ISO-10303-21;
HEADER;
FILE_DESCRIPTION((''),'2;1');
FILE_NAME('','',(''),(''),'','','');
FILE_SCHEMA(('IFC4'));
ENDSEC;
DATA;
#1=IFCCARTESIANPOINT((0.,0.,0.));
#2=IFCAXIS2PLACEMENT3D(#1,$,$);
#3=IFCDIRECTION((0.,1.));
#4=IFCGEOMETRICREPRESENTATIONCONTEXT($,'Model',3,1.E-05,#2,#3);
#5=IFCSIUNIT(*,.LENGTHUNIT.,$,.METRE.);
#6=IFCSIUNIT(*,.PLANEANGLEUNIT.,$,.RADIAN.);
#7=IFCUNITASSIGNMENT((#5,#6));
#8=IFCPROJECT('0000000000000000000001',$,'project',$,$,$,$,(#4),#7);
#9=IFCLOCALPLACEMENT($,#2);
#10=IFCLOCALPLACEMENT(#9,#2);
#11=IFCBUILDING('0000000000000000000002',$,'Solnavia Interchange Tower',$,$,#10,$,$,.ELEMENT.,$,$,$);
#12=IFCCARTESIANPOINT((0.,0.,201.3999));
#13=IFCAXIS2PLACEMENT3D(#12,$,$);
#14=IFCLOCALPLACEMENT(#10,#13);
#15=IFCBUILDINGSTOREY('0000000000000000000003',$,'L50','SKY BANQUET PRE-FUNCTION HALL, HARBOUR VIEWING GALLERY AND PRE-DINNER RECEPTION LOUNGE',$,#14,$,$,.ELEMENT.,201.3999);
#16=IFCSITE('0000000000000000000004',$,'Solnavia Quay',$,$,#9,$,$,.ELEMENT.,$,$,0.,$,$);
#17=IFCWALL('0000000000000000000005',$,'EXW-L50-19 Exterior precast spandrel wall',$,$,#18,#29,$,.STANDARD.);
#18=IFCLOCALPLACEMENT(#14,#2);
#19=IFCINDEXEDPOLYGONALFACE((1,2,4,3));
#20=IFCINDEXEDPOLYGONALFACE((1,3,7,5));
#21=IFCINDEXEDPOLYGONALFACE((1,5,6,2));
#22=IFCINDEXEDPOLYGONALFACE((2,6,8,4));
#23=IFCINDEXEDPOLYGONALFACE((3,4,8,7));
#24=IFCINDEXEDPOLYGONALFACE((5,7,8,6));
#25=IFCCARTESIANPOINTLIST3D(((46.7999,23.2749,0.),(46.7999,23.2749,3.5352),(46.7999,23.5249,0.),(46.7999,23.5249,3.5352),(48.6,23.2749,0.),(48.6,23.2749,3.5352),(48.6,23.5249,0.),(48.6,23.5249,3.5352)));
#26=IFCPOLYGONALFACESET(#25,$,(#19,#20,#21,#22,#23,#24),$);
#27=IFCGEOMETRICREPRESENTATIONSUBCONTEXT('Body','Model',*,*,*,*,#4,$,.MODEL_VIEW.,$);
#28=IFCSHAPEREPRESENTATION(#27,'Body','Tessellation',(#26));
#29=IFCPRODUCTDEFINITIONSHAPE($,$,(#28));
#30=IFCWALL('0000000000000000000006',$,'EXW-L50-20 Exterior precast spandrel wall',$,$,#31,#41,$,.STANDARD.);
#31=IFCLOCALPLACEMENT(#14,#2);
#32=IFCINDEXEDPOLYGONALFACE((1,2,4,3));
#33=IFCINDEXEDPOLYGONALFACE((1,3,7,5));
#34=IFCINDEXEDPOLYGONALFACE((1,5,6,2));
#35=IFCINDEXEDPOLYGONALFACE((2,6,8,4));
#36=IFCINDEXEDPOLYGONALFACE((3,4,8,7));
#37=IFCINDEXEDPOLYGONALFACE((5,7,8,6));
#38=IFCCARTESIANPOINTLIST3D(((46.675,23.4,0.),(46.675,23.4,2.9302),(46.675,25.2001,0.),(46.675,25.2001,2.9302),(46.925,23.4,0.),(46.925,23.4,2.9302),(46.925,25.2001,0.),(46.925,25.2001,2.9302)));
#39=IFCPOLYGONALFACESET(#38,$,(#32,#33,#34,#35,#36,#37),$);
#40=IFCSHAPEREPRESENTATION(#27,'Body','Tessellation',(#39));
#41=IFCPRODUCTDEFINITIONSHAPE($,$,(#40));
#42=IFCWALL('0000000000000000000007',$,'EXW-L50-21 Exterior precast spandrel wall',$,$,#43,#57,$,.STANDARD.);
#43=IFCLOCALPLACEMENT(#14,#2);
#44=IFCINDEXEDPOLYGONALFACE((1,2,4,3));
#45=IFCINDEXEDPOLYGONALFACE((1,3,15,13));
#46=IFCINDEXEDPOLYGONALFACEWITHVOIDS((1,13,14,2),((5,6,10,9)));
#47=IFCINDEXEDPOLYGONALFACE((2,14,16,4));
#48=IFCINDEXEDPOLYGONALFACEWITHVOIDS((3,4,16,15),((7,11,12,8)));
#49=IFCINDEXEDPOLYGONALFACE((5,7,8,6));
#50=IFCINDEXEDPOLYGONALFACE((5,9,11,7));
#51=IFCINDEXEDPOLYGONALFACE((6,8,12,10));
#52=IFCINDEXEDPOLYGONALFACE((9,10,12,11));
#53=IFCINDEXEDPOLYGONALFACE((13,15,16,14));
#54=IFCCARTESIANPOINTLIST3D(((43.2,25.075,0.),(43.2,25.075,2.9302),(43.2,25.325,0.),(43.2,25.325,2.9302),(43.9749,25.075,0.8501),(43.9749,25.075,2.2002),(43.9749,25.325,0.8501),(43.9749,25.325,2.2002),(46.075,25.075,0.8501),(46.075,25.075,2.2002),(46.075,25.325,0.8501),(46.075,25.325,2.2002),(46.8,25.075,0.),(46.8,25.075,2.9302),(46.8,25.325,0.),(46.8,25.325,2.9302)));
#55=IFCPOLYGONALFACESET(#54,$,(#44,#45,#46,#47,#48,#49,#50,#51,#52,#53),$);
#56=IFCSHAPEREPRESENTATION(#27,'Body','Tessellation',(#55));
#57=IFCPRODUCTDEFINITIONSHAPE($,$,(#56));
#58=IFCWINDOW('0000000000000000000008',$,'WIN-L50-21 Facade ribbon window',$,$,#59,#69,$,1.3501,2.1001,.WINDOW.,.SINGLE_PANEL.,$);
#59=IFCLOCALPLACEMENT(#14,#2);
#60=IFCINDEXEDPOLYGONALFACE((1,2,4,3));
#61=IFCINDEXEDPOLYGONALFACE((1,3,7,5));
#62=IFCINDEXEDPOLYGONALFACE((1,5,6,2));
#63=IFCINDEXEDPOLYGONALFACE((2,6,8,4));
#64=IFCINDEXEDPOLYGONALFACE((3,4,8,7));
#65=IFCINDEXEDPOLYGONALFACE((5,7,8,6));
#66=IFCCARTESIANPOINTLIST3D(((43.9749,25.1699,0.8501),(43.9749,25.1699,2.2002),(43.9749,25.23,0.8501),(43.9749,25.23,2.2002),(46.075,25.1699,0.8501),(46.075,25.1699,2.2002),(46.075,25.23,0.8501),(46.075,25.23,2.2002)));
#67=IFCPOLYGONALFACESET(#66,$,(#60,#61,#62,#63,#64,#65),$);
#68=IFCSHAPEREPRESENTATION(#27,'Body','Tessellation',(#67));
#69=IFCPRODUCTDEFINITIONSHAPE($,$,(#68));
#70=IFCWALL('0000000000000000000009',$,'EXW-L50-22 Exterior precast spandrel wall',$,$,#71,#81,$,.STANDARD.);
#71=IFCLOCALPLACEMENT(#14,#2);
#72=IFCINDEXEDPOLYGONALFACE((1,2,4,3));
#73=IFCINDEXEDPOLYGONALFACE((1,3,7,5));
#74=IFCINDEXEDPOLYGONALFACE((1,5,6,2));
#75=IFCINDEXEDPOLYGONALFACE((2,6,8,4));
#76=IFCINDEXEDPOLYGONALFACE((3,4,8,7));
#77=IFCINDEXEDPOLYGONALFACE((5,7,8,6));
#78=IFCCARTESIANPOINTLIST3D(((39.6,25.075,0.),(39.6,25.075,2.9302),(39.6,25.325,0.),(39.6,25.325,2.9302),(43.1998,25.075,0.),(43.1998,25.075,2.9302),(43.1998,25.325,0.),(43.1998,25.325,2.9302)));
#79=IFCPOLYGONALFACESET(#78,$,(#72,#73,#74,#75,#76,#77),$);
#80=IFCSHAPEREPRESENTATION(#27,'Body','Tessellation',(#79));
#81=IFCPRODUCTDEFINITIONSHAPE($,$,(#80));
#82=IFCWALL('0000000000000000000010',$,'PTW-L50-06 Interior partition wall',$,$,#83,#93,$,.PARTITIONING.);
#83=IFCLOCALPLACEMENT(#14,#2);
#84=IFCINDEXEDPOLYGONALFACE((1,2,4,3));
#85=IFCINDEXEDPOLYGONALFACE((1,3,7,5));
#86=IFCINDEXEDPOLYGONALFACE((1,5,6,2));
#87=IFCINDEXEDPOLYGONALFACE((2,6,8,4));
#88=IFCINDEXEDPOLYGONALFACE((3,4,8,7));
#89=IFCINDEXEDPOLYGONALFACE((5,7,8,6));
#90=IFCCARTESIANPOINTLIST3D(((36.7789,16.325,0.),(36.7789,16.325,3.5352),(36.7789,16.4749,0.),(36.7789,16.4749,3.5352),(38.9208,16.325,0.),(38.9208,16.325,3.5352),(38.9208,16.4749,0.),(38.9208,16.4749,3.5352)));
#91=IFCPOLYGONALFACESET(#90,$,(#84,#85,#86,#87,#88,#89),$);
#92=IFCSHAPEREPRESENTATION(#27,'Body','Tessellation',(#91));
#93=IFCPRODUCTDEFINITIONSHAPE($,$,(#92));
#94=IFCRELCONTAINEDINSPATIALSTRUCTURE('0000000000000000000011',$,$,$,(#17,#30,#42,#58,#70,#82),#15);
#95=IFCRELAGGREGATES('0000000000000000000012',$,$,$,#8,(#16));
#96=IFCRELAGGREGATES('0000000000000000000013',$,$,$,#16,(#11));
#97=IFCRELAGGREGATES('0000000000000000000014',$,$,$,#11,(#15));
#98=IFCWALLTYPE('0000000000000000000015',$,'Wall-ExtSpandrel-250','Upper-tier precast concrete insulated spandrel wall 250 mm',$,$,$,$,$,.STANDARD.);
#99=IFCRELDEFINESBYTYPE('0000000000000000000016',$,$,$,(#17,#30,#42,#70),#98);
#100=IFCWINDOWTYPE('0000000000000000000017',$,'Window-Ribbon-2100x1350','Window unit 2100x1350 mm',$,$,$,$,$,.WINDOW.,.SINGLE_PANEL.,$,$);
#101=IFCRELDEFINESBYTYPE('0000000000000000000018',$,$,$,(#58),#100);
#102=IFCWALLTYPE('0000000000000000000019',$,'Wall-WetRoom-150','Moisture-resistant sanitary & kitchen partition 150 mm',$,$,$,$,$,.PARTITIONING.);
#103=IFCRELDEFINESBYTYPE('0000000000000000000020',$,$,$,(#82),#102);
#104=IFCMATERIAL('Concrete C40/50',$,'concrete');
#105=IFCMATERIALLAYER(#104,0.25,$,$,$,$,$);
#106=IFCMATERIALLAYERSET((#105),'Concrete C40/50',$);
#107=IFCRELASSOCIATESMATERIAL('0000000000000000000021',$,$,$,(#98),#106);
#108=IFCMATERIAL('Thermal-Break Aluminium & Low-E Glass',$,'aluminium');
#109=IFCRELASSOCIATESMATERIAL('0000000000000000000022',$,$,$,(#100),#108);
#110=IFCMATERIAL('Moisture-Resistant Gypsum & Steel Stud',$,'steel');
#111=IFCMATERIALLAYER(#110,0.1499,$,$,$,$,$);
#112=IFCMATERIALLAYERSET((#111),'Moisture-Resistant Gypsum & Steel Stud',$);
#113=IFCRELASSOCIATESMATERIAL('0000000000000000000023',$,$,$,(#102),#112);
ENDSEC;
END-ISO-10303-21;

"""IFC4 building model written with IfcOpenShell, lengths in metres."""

from ifc_helpers import new_model, si_unit, direction, frame, frame_2d, origin, place, context, subcontext, project, spatial, rectangle, extrude, material, layer, layer_set, type_object, element, fill, save


model = new_model("IFC4")

# Units and contexts
model_context = context("Model", 3, precision=1e-05, world=origin(), true_north=direction((0.0, 1.0)))
body_context = subcontext(model_context, "Body", "Model", "MODEL_VIEW")
ifc_project = project(units=[si_unit("LENGTHUNIT", "METRE"), si_unit("PLANEANGLEUNIT", "RADIAN")], contexts=[model_context])

# Site, building, storey
site_placement = place(None, origin())
site = spatial("IfcSite", under=ifc_project, at=site_placement, Name="Solnavia Quay", CompositionType="ELEMENT", RefElevation=0.0)
building_placement = place(site_placement, origin())
building = spatial("IfcBuilding", under=site, at=building_placement, Name="Solnavia Interchange Tower", CompositionType="ELEMENT")
storey_placement = place(building_placement, frame((0.0, 0.0, 201.3999)))
storey = spatial("IfcBuildingStorey", under=building, at=storey_placement, Name="L50", Description="SKY BANQUET PRE-FUNCTION HALL, HARBOUR VIEWING GALLERY AND PRE-DINNER RECEPTION LOUNGE", CompositionType="ELEMENT", Elevation=201.3999)

# Shared definitions
ifc_material_1 = material(Name="Concrete C40/50", Category="concrete")
ifc_layer_1 = layer(ifc_material_1, 0.25)
ifc_layer_set_1 = layer_set([ifc_layer_1], Name="Concrete C40/50")
wall_type_1 = type_object("IfcWallType", Name="Wall-ExtSpandrel-250", Description="Upper-tier precast concrete insulated spandrel wall 250 mm", PredefinedType="STANDARD", material=ifc_layer_set_1)

# Shared definitions
ifc_material_2 = material(Name="Thermal-Break Aluminium & Low-E Glass", Category="aluminium")
window_type = type_object("IfcWindowType", Name="Window-Ribbon-2100x1350", Description="Window unit 2100x1350 mm", PartitioningType="SINGLE_PANEL", PredefinedType="WINDOW", material=ifc_material_2)

# Walls
wall_1_placement = place(storey_placement, frame((46.8, 23.3999, 0.0), z_axis=(0.0, 0.0, 1.0), x_axis=(1.0, 0.0, 0.0)))
element("IfcWall", 1, at=wall_1_placement, inside=storey, type_object=wall_type_1, Name="EXW-L50-19 Exterior precast spandrel wall", PredefinedType="STANDARD", context=body_context, shape_type="SweptSolid", body=[
    extrude(rectangle(XDim=1.8, YDim=0.25, at=frame_2d((0.8999, 0.0))), origin(), (0.0, 0.0, 1.0), 3.5352),
])
wall_2_placement = place(storey_placement, frame((46.8, 25.2, 0.0), z_axis=(0.0, 0.0, 1.0), x_axis=(0.0, -1.0, 0.0)))
element("IfcWall", 2, at=wall_2_placement, inside=storey, type_object=wall_type_1, Name="EXW-L50-20 Exterior precast spandrel wall", PredefinedType="STANDARD", context=body_context, shape_type="SweptSolid", body=[
    extrude(rectangle(XDim=1.8, YDim=0.25, at=frame_2d((0.8999, 0.0))), origin(), (0.0, 0.0, 1.0), 2.9302),
])

# Wall, opening, window
wall_3_placement = place(storey_placement, frame((43.2, 25.2, 0.0), z_axis=(0.0, 0.0, 1.0), x_axis=(1.0, 0.0, 0.0)))
wall_3 = element("IfcWall", 3, at=wall_3_placement, inside=storey, type_object=wall_type_1, Name="EXW-L50-21 Exterior precast spandrel wall", PredefinedType="STANDARD", context=body_context, shape_type="SweptSolid", body=[
    extrude(rectangle(XDim=3.6001, YDim=0.25, at=frame_2d((1.8, 0.0))), origin(), (0.0, 0.0, 1.0), 2.9302),
])
opening_1_placement = place(wall_3_placement, frame((0.7749, 0.0, 0.8501)))
opening_1 = element("IfcOpeningElement", 4, at=opening_1_placement, cuts=wall_3, PredefinedType="OPENING", context=body_context, shape_type="SweptSolid", body=[
    extrude(rectangle(XDim=2.1001, YDim=1.3501, at=frame_2d((1.05, 0.675))), frame((0.0, 0.135, 0.0), z_axis=(0.0, -1.0, 0.0), x_axis=(1.0, 0.0, 0.0)), (0.0, 0.0, 1.0), 0.27),
])
window_1_placement = place(opening_1_placement, origin())
window_1 = element("IfcWindow", 5, at=window_1_placement, inside=storey, type_object=window_type, Name="WIN-L50-21 Facade ribbon window", OverallHeight=1.3501, OverallWidth=2.1001, PartitioningType="SINGLE_PANEL", PredefinedType="WINDOW", context=body_context, shape_type="SweptSolid", body=[
    extrude(rectangle(XDim=2.1001, YDim=1.3501, at=frame_2d((1.05, 0.675))), frame((0.0, 0.03, 0.0), z_axis=(0.0, -1.0, 0.0), x_axis=(1.0, 0.0, 0.0)), (0.0, 0.0, 1.0), 0.0601),
])
fill(opening_1, window_1)

# Walls
wall_4_placement = place(storey_placement, frame((39.6001, 25.2, 0.0), z_axis=(0.0, 0.0, 1.0), x_axis=(1.0, 0.0, 0.0)))
element("IfcWall", 6, at=wall_4_placement, inside=storey, type_object=wall_type_1, Name="EXW-L50-22 Exterior precast spandrel wall", PredefinedType="STANDARD", context=body_context, shape_type="SweptSolid", body=[
    extrude(rectangle(XDim=3.5999, YDim=0.25, at=frame_2d((1.7998, 0.0))), origin(), (0.0, 0.0, 1.0), 2.9302),
])
ifc_material_3 = material(Name="Moisture-Resistant Gypsum & Steel Stud", Category="steel")
ifc_layer_2 = layer(ifc_material_3, 0.1499)
ifc_layer_set_2 = layer_set([ifc_layer_2], Name="Moisture-Resistant Gypsum & Steel Stud")
wall_type_2 = type_object("IfcWallType", Name="Wall-WetRoom-150", Description="Moisture-resistant sanitary & kitchen partition 150 mm", PredefinedType="PARTITIONING", material=ifc_layer_set_2)
wall_5_placement = place(storey_placement, frame((36.7791, 16.3999, 0.0), z_axis=(0.0, 0.0, 1.0), x_axis=(1.0, 0.0, 0.0)))
element("IfcWall", 7, at=wall_5_placement, inside=storey, type_object=wall_type_2, Name="PTW-L50-06 Interior partition wall", PredefinedType="PARTITIONING", context=body_context, shape_type="SweptSolid", body=[
    extrude(rectangle(XDim=2.1418, YDim=0.1499, at=frame_2d((1.0708, 0.0))), origin(), (0.0, 0.0, 1.0), 3.5352),
])

save(model, "model.ifc")
